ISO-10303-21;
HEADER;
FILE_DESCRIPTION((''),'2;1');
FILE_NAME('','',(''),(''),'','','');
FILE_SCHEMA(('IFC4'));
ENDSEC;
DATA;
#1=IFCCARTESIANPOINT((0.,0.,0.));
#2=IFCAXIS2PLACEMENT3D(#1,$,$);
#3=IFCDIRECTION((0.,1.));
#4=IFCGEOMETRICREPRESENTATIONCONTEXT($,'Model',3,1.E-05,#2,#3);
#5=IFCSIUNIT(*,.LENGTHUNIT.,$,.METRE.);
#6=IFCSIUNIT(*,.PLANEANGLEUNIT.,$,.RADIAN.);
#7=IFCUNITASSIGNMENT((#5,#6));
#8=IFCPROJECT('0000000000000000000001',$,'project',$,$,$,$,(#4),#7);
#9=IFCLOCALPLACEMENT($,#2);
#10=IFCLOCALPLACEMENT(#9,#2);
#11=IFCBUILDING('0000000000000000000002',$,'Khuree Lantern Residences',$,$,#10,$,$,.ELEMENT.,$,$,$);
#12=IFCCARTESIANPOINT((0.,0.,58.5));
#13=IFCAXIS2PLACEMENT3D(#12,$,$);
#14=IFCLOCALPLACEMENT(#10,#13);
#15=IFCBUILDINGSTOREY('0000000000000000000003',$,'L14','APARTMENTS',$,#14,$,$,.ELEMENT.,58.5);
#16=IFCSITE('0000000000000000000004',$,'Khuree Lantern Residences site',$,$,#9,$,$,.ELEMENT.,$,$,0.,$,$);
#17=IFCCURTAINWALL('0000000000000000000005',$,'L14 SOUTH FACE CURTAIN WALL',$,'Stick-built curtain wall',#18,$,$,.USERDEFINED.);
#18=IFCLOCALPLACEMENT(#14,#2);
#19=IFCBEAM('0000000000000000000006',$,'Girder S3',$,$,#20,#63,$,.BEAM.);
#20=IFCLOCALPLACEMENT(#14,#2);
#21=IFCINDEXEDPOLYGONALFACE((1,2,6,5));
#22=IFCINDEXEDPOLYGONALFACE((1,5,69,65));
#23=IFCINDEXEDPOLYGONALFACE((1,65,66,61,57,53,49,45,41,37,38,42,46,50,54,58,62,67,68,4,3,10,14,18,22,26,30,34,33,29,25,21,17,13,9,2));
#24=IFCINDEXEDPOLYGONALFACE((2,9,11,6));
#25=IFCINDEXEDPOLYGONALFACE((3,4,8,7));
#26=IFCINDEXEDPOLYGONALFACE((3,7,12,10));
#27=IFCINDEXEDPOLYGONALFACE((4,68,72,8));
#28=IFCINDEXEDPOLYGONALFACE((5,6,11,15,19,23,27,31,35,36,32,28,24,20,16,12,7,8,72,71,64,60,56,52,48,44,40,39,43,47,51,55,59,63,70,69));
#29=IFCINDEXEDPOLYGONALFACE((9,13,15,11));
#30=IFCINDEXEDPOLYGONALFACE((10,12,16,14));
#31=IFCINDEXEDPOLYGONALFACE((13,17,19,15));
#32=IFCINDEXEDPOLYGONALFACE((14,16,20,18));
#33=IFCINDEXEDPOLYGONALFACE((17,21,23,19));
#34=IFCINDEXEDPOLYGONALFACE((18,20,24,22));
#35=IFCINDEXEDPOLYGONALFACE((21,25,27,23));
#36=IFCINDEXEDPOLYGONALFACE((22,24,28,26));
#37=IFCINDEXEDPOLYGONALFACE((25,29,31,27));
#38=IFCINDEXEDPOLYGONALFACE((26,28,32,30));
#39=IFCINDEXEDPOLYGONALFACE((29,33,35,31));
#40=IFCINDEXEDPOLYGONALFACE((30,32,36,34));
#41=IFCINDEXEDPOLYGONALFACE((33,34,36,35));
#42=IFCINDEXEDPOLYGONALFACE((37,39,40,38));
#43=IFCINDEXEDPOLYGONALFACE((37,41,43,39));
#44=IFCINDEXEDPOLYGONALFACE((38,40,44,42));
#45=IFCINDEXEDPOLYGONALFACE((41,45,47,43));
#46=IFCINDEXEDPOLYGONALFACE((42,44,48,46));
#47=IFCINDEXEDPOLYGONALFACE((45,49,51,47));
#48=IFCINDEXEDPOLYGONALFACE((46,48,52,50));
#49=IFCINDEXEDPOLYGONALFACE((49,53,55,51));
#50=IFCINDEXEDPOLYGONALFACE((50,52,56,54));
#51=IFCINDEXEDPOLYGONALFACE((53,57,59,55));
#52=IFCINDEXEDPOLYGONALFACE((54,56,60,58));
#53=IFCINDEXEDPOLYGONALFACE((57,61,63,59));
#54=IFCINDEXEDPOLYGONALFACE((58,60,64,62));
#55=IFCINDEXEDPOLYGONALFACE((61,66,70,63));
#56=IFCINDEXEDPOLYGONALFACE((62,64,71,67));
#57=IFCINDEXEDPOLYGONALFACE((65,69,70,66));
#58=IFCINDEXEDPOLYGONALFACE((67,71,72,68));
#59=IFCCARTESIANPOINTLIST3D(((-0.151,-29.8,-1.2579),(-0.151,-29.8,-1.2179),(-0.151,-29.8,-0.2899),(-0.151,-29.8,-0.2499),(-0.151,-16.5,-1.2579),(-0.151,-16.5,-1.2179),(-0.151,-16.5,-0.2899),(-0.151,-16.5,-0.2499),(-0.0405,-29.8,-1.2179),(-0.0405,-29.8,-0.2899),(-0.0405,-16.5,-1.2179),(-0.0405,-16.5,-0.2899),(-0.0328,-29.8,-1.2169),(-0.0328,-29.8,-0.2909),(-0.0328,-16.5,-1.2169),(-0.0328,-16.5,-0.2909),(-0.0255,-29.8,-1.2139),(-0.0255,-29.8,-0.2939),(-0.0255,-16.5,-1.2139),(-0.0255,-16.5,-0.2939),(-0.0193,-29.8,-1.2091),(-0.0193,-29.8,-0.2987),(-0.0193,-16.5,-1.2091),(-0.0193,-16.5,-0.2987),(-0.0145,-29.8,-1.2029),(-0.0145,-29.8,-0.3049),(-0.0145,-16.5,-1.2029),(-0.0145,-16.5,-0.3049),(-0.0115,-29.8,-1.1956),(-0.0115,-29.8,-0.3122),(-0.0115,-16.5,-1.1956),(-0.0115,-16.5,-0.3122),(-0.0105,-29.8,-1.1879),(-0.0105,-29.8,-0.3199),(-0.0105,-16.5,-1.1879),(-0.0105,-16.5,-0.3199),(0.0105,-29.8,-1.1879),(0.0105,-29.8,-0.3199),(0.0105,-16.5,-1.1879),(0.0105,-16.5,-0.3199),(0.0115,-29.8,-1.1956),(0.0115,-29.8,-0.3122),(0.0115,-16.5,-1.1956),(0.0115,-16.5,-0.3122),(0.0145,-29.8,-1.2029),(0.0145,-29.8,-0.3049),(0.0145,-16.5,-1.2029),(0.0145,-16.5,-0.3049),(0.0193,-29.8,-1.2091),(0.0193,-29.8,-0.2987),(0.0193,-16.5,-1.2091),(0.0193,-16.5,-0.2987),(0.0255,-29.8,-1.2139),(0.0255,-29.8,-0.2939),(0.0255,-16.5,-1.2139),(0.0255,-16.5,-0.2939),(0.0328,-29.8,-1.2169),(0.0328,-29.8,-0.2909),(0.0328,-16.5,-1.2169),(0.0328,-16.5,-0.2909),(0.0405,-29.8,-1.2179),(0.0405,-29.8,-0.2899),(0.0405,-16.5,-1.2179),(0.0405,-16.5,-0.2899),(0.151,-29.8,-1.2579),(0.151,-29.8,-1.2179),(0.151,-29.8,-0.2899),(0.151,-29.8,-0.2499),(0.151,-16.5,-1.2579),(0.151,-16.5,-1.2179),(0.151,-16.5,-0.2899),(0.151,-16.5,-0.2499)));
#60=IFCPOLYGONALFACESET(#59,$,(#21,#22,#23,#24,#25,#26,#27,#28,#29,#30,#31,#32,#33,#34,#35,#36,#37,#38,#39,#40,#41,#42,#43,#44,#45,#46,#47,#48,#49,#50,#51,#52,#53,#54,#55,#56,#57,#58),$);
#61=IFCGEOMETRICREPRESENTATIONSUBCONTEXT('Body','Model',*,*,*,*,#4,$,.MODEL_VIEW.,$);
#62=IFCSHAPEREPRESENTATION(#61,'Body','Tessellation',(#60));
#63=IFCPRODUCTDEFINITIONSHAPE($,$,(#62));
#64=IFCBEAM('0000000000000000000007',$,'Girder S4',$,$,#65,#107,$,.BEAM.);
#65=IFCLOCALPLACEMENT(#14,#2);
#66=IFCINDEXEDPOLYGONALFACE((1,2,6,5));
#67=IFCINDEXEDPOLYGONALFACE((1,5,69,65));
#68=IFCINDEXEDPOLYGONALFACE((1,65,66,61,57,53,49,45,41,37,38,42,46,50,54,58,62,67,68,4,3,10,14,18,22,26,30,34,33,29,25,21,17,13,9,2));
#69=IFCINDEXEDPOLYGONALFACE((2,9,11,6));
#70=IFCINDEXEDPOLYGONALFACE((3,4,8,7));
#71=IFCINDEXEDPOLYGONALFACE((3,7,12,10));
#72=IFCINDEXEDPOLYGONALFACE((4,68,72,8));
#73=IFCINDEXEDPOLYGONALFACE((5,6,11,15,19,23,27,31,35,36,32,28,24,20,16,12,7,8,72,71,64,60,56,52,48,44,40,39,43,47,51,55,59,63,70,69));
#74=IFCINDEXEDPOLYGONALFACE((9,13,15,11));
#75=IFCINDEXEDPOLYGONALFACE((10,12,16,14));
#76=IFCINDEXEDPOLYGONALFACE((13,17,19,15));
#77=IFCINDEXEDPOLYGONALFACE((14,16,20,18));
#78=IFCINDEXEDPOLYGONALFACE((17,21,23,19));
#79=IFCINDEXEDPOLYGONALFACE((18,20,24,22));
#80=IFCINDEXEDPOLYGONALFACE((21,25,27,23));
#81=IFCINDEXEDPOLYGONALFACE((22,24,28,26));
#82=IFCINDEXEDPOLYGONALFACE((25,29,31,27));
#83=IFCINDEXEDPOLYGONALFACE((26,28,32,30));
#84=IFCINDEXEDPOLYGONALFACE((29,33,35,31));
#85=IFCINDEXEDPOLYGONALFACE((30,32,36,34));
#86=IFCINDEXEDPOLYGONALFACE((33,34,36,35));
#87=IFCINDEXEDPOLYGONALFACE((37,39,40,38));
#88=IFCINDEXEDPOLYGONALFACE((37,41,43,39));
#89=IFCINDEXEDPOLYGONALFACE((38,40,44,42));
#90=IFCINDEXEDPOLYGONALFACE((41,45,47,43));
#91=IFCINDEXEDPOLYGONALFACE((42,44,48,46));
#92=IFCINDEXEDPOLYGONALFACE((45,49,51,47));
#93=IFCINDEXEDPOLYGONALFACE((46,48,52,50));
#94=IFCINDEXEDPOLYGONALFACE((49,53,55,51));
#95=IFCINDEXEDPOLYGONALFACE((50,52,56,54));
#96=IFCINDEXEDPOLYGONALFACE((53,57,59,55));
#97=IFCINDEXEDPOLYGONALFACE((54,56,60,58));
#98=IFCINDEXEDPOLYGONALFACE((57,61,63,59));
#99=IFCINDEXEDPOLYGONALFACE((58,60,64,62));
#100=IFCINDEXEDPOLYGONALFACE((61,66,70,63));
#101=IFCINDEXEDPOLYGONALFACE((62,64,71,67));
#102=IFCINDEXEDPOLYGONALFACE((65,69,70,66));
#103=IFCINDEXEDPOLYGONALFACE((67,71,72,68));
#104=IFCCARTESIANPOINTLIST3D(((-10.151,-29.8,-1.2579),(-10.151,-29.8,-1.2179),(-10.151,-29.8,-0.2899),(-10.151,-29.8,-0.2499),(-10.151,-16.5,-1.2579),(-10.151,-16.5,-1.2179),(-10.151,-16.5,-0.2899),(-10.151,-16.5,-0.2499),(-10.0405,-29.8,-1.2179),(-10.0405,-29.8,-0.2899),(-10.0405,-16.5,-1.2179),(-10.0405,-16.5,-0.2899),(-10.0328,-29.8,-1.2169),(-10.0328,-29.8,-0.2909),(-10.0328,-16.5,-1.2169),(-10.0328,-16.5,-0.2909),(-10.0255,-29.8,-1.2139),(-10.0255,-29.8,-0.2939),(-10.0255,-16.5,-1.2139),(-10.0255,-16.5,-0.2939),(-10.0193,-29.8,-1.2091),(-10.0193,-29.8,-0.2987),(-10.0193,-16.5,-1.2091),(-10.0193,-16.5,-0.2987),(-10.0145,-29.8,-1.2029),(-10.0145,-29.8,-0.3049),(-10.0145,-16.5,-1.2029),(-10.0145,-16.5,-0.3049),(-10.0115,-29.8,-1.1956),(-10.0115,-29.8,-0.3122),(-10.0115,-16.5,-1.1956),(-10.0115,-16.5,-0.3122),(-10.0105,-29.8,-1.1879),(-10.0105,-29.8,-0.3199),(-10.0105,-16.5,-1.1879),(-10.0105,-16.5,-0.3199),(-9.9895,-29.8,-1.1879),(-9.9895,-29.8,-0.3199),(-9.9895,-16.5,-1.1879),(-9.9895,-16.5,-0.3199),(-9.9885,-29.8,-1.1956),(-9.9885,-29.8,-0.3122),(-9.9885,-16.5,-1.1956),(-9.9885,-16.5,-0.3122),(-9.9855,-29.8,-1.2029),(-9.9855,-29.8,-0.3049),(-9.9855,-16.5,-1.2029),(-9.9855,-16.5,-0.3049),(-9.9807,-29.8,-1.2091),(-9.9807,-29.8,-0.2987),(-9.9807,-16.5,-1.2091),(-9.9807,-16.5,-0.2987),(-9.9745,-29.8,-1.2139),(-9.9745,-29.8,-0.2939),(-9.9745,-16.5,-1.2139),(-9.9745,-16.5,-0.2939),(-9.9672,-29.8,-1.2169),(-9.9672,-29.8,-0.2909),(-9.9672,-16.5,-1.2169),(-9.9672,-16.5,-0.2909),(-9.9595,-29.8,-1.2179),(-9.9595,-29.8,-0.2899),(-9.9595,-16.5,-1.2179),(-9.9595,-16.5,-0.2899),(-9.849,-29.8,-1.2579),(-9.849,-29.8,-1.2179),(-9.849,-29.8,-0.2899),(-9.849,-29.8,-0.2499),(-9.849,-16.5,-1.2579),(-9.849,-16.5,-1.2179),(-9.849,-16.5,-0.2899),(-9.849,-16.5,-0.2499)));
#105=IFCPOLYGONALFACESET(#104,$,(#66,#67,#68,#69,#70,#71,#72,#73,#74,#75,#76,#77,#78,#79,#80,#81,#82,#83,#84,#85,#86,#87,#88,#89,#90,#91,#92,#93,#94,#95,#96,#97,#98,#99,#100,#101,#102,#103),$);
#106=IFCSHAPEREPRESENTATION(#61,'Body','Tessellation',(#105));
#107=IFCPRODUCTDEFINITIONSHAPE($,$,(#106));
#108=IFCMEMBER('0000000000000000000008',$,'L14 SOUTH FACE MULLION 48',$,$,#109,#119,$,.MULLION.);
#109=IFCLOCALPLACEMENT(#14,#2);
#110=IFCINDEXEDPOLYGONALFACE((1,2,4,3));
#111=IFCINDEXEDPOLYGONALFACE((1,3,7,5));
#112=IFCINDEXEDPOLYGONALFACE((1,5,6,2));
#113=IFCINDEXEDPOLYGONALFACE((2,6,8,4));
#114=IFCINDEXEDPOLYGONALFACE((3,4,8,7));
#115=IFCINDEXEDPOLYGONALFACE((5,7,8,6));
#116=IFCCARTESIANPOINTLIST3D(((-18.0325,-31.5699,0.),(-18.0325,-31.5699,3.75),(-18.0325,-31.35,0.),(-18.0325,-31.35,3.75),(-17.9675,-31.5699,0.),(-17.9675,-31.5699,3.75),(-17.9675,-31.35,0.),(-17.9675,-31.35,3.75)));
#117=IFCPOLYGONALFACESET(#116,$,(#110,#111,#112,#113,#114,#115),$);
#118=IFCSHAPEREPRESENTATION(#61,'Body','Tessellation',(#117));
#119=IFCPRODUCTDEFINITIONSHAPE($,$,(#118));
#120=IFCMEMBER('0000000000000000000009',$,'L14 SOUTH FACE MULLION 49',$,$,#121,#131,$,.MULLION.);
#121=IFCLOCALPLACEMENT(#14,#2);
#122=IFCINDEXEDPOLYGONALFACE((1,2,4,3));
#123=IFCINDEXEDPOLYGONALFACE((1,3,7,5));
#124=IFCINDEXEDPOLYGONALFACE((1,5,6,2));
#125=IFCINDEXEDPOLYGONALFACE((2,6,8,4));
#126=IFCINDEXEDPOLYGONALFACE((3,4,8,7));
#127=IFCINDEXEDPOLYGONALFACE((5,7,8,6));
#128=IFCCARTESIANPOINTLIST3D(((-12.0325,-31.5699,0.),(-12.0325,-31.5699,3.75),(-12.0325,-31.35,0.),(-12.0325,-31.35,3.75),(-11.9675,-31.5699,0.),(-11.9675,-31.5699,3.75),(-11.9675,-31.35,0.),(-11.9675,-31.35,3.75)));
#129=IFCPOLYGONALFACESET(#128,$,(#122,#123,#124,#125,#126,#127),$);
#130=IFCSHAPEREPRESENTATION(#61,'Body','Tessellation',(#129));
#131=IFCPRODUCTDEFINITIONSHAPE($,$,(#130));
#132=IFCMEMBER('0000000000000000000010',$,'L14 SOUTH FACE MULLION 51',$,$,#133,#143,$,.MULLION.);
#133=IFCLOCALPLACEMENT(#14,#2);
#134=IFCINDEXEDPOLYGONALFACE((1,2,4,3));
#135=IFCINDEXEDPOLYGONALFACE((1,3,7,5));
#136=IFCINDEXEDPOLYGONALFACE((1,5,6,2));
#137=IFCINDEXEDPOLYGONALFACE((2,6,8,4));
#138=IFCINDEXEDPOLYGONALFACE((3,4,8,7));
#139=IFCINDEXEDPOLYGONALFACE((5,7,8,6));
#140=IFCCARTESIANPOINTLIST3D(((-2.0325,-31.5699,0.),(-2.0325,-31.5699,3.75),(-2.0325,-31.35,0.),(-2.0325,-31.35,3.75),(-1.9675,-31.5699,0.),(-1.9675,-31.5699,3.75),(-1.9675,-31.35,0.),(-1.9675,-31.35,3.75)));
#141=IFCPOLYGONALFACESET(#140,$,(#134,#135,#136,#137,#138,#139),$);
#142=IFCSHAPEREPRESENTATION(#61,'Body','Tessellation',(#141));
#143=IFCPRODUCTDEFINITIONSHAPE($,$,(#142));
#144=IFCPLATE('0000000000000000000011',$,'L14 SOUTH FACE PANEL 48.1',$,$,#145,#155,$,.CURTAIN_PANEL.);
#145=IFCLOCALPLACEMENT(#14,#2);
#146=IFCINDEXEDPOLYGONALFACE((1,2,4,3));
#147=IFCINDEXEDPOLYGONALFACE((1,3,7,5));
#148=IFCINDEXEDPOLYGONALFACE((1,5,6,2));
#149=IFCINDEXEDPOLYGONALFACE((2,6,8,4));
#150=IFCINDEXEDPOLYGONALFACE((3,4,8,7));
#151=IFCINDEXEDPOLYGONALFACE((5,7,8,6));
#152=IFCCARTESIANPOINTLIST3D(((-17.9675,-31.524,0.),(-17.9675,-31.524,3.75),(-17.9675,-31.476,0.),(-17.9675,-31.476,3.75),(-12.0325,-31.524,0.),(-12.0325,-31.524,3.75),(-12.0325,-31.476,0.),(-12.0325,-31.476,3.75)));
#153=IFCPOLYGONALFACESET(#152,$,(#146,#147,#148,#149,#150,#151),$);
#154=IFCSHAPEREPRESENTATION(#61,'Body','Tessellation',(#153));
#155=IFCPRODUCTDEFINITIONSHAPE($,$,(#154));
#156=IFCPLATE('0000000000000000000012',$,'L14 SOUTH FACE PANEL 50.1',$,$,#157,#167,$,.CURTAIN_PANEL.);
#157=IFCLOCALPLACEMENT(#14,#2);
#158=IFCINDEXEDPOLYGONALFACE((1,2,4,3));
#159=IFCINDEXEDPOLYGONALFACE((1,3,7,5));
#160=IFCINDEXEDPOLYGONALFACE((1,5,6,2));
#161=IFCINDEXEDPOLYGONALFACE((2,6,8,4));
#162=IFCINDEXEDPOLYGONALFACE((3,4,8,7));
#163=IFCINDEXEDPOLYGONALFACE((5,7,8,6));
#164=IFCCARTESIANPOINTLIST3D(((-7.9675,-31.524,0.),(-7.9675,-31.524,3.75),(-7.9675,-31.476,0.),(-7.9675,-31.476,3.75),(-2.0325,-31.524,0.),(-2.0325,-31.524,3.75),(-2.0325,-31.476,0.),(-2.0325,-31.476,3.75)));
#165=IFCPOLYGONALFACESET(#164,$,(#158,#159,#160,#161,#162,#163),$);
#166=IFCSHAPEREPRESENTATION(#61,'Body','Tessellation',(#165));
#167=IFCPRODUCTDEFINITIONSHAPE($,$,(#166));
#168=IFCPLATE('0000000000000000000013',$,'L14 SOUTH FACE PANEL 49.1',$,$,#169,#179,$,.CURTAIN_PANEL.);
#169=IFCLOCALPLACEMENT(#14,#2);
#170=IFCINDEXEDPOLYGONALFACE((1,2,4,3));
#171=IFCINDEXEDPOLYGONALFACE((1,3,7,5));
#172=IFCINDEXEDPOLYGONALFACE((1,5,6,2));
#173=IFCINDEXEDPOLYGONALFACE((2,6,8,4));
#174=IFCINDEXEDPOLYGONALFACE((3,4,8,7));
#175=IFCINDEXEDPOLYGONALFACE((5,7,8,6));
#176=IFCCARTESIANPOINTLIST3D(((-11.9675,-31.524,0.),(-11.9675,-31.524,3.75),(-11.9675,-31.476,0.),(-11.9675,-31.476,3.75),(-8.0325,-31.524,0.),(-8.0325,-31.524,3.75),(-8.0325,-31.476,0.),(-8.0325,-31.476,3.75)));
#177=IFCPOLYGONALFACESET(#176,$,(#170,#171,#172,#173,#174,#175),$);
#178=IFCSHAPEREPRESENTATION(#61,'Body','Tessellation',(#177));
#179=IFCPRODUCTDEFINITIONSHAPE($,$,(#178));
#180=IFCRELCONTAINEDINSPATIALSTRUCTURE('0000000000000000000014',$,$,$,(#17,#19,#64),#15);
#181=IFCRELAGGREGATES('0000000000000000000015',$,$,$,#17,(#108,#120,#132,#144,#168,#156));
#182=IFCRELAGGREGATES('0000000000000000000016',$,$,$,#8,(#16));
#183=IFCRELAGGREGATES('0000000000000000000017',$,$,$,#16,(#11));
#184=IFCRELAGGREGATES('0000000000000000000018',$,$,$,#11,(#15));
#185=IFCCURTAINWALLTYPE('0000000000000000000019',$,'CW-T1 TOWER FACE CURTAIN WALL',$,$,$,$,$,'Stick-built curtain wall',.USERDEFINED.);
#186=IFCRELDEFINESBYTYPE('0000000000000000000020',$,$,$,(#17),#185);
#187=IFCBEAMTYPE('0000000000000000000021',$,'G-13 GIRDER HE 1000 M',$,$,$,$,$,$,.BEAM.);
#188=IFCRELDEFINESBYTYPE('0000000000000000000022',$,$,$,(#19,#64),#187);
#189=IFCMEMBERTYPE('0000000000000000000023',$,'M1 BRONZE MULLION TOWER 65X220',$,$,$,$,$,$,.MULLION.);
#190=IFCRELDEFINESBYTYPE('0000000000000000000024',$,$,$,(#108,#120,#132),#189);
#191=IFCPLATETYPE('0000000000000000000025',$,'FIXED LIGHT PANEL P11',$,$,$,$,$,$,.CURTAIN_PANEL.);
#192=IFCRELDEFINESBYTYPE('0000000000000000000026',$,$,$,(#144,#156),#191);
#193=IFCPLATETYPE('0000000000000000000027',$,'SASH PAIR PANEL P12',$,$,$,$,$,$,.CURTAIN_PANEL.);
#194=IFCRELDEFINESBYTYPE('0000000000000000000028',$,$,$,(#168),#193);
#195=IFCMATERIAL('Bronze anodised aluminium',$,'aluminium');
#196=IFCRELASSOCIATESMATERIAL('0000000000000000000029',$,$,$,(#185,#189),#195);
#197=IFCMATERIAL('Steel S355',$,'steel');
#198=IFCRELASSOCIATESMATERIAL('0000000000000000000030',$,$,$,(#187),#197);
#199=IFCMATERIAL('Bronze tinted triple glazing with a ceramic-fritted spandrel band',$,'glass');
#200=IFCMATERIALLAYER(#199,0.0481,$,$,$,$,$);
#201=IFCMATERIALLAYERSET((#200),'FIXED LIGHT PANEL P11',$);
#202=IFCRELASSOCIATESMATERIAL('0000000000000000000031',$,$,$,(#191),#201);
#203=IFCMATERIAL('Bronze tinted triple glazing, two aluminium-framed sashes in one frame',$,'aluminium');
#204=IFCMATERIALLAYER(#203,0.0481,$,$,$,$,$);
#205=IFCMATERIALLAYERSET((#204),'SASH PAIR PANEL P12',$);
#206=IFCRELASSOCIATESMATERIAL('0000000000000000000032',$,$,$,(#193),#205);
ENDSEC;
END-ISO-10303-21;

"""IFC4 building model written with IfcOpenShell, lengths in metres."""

from ifc_helpers import new_model, si_unit, direction, frame, origin, origin_2d, place, context, subcontext, project, spatial, rectangle, i_section, extrude, material, layer, layer_set, material_profile, profile_set, type_object, element, aggregate, save


model = new_model("IFC4")

# Units and contexts
model_context = context("Model", 3, precision=1e-05, world=origin(), true_north=direction((0.0, 1.0)))
body_context = subcontext(model_context, "Body", "Model", "MODEL_VIEW")
ifc_project = project(units=[si_unit("LENGTHUNIT", "METRE"), si_unit("PLANEANGLEUNIT", "RADIAN")], contexts=[model_context])

# Site, building, storey
site_placement = place(None, origin())
site = spatial("IfcSite", under=ifc_project, at=site_placement, Name="Khuree Lantern Residences site", CompositionType="ELEMENT", RefElevation=0.0)
building_placement = place(site_placement, origin())
building = spatial("IfcBuilding", under=site, at=building_placement, Name="Khuree Lantern Residences", CompositionType="ELEMENT")
storey_placement = place(building_placement, frame((0.0, 0.0, 58.5)))
storey = spatial("IfcBuildingStorey", under=building, at=storey_placement, Name="L14", Description="APARTMENTS", CompositionType="ELEMENT", Elevation=58.5)

# Shared definitions
ifc_material_1 = material(Name="Steel S355", Category="steel")

# Curtain wall
ifc_material_2 = material(Name="Bronze anodised aluminium", Category="aluminium")
curtain_wall_type = type_object("IfcCurtainWallType", Name="CW-T1 TOWER FACE CURTAIN WALL", ElementType="Stick-built curtain wall", PredefinedType="USERDEFINED", material=ifc_material_2)
curtain_wall_placement = place(storey_placement, origin())
curtain_wall = element("IfcCurtainWall", 1, at=curtain_wall_placement, inside=storey, type_object=curtain_wall_type, Name="L14 SOUTH FACE CURTAIN WALL", ObjectType="Stick-built curtain wall", PredefinedType="USERDEFINED")

# Beams
ifc_material_profile_1 = material_profile(ifc_material_1, i_section(OverallWidth=0.302, OverallDepth=1.0081, WebThickness=0.021, FlangeThickness=0.04, FilletRadius=0.03, at=origin_2d()), Name="HE 1000 M")
ifc_profile_set_1 = profile_set([ifc_material_profile_1], Name="Steel S355")
beam_type_1 = type_object("IfcBeamType", Name="G-13 GIRDER HE 1000 M", PredefinedType="BEAM", material=ifc_profile_set_1)
for number, where, z_axis, x_axis, name in (
    (2, (0.0, -29.8, -0.7539), (0.0, 1.0, 0.0), (-1.0, 0.0, 0.0), "Girder S3"),
    (3, (-10.0, -29.8, -0.7539), (0.0, 1.0, 0.0), (-1.0, 0.0, 0.0), "Girder S4"),
):
    element("IfcBeam", number, at=place(storey_placement, frame(where, z_axis=z_axis, x_axis=x_axis)), inside=storey, type_object=beam_type_1, Name=name, PredefinedType="BEAM", context=body_context, shape_type="SweptSolid", body=[
        extrude(i_section(OverallWidth=0.302, OverallDepth=1.0081, WebThickness=0.021, FlangeThickness=0.04, FilletRadius=0.03, at=origin_2d()), origin(), (0.0, 0.0, 1.0), 13.3),
    ])

# Members
ifc_material_profile_2 = material_profile(ifc_material_2, rectangle(XDim=0.0649, YDim=0.22, at=origin_2d()), Name="M1 65X220")
ifc_profile_set_2 = profile_set([ifc_material_profile_2], Name="Bronze anodised aluminium")
member_type_1 = type_object("IfcMemberType", Name="M1 BRONZE MULLION TOWER 65X220", PredefinedType="MULLION", material=ifc_profile_set_2)
member_1_placement = place(storey_placement, frame((-18.0, -31.46, 0.0), z_axis=(0.0, 0.0, 1.0), x_axis=(1.0, 0.0, 0.0)))
member_1 = element("IfcMember", 4, at=member_1_placement, type_object=member_type_1, Name="L14 SOUTH FACE MULLION 48", PredefinedType="MULLION", context=body_context, shape_type="SweptSolid", body=[
    extrude(rectangle(XDim=0.0649, YDim=0.22, at=origin_2d()), origin(), (0.0, 0.0, 1.0), 3.75),
])
member_2_placement = place(storey_placement, frame((-12.0, -31.46, 0.0), z_axis=(0.0, 0.0, 1.0), x_axis=(1.0, 0.0, 0.0)))
member_2 = element("IfcMember", 5, at=member_2_placement, type_object=member_type_1, Name="L14 SOUTH FACE MULLION 49", PredefinedType="MULLION", context=body_context, shape_type="SweptSolid", body=[
    extrude(rectangle(XDim=0.0649, YDim=0.22, at=origin_2d()), origin(), (0.0, 0.0, 1.0), 3.75),
])
member_3_placement = place(storey_placement, frame((-2.0, -31.46, 0.0), z_axis=(0.0, 0.0, 1.0), x_axis=(1.0, 0.0, 0.0)))
member_3 = element("IfcMember", 6, at=member_3_placement, type_object=member_type_1, Name="L14 SOUTH FACE MULLION 51", PredefinedType="MULLION", context=body_context, shape_type="SweptSolid", body=[
    extrude(rectangle(XDim=0.0649, YDim=0.22, at=origin_2d()), origin(), (0.0, 0.0, 1.0), 3.75),
])

# Plates
ifc_material_3 = material(Name="Bronze tinted triple glazing with a ceramic-fritted spandrel band", Category="glass")
ifc_layer_1 = layer(ifc_material_3, 0.0481)
ifc_layer_set_1 = layer_set([ifc_layer_1], Name="FIXED LIGHT PANEL P11")
plate_type_1 = type_object("IfcPlateType", Name="FIXED LIGHT PANEL P11", PredefinedType="CURTAIN_PANEL", material=ifc_layer_set_1)
plate_1_placement = place(storey_placement, frame((-15.0, -31.5, 0.0), z_axis=(0.0, 0.0, 1.0), x_axis=(1.0, 0.0, 0.0)))
plate_1 = element("IfcPlate", 7, at=plate_1_placement, type_object=plate_type_1, Name="L14 SOUTH FACE PANEL 48.1", PredefinedType="CURTAIN_PANEL", context=body_context, shape_type="SweptSolid", body=[
    extrude(rectangle(XDim=5.9351, YDim=0.0481, at=origin_2d()), origin(), (0.0, 0.0, 1.0), 3.75),
])
plate_2_placement = place(storey_placement, frame((-5.0, -31.5, 0.0), z_axis=(0.0, 0.0, 1.0), x_axis=(1.0, 0.0, 0.0)))
plate_2 = element("IfcPlate", 8, at=plate_2_placement, type_object=plate_type_1, Name="L14 SOUTH FACE PANEL 50.1", PredefinedType="CURTAIN_PANEL", context=body_context, shape_type="SweptSolid", body=[
    extrude(rectangle(XDim=5.9351, YDim=0.0481, at=origin_2d()), origin(), (0.0, 0.0, 1.0), 3.75),
])
ifc_material_4 = material(Name="Bronze tinted triple glazing, two aluminium-framed sashes in one frame", Category="aluminium")
ifc_layer_2 = layer(ifc_material_4, 0.0481)
ifc_layer_set_2 = layer_set([ifc_layer_2], Name="SASH PAIR PANEL P12")
plate_type_2 = type_object("IfcPlateType", Name="SASH PAIR PANEL P12", PredefinedType="CURTAIN_PANEL", material=ifc_layer_set_2)
plate_3_placement = place(storey_placement, frame((-10.0, -31.5, 0.0), z_axis=(0.0, 0.0, 1.0), x_axis=(1.0, 0.0, 0.0)))
plate_3 = element("IfcPlate", 9, at=plate_3_placement, type_object=plate_type_2, Name="L14 SOUTH FACE PANEL 49.1", PredefinedType="CURTAIN_PANEL", context=body_context, shape_type="SweptSolid", body=[
    extrude(rectangle(XDim=3.9351, YDim=0.0481, at=origin_2d()), origin(), (0.0, 0.0, 1.0), 3.75),
])
aggregate(curtain_wall, [member_1, member_2, member_3, plate_1, plate_3, plate_2])

save(model, "model.ifc")
